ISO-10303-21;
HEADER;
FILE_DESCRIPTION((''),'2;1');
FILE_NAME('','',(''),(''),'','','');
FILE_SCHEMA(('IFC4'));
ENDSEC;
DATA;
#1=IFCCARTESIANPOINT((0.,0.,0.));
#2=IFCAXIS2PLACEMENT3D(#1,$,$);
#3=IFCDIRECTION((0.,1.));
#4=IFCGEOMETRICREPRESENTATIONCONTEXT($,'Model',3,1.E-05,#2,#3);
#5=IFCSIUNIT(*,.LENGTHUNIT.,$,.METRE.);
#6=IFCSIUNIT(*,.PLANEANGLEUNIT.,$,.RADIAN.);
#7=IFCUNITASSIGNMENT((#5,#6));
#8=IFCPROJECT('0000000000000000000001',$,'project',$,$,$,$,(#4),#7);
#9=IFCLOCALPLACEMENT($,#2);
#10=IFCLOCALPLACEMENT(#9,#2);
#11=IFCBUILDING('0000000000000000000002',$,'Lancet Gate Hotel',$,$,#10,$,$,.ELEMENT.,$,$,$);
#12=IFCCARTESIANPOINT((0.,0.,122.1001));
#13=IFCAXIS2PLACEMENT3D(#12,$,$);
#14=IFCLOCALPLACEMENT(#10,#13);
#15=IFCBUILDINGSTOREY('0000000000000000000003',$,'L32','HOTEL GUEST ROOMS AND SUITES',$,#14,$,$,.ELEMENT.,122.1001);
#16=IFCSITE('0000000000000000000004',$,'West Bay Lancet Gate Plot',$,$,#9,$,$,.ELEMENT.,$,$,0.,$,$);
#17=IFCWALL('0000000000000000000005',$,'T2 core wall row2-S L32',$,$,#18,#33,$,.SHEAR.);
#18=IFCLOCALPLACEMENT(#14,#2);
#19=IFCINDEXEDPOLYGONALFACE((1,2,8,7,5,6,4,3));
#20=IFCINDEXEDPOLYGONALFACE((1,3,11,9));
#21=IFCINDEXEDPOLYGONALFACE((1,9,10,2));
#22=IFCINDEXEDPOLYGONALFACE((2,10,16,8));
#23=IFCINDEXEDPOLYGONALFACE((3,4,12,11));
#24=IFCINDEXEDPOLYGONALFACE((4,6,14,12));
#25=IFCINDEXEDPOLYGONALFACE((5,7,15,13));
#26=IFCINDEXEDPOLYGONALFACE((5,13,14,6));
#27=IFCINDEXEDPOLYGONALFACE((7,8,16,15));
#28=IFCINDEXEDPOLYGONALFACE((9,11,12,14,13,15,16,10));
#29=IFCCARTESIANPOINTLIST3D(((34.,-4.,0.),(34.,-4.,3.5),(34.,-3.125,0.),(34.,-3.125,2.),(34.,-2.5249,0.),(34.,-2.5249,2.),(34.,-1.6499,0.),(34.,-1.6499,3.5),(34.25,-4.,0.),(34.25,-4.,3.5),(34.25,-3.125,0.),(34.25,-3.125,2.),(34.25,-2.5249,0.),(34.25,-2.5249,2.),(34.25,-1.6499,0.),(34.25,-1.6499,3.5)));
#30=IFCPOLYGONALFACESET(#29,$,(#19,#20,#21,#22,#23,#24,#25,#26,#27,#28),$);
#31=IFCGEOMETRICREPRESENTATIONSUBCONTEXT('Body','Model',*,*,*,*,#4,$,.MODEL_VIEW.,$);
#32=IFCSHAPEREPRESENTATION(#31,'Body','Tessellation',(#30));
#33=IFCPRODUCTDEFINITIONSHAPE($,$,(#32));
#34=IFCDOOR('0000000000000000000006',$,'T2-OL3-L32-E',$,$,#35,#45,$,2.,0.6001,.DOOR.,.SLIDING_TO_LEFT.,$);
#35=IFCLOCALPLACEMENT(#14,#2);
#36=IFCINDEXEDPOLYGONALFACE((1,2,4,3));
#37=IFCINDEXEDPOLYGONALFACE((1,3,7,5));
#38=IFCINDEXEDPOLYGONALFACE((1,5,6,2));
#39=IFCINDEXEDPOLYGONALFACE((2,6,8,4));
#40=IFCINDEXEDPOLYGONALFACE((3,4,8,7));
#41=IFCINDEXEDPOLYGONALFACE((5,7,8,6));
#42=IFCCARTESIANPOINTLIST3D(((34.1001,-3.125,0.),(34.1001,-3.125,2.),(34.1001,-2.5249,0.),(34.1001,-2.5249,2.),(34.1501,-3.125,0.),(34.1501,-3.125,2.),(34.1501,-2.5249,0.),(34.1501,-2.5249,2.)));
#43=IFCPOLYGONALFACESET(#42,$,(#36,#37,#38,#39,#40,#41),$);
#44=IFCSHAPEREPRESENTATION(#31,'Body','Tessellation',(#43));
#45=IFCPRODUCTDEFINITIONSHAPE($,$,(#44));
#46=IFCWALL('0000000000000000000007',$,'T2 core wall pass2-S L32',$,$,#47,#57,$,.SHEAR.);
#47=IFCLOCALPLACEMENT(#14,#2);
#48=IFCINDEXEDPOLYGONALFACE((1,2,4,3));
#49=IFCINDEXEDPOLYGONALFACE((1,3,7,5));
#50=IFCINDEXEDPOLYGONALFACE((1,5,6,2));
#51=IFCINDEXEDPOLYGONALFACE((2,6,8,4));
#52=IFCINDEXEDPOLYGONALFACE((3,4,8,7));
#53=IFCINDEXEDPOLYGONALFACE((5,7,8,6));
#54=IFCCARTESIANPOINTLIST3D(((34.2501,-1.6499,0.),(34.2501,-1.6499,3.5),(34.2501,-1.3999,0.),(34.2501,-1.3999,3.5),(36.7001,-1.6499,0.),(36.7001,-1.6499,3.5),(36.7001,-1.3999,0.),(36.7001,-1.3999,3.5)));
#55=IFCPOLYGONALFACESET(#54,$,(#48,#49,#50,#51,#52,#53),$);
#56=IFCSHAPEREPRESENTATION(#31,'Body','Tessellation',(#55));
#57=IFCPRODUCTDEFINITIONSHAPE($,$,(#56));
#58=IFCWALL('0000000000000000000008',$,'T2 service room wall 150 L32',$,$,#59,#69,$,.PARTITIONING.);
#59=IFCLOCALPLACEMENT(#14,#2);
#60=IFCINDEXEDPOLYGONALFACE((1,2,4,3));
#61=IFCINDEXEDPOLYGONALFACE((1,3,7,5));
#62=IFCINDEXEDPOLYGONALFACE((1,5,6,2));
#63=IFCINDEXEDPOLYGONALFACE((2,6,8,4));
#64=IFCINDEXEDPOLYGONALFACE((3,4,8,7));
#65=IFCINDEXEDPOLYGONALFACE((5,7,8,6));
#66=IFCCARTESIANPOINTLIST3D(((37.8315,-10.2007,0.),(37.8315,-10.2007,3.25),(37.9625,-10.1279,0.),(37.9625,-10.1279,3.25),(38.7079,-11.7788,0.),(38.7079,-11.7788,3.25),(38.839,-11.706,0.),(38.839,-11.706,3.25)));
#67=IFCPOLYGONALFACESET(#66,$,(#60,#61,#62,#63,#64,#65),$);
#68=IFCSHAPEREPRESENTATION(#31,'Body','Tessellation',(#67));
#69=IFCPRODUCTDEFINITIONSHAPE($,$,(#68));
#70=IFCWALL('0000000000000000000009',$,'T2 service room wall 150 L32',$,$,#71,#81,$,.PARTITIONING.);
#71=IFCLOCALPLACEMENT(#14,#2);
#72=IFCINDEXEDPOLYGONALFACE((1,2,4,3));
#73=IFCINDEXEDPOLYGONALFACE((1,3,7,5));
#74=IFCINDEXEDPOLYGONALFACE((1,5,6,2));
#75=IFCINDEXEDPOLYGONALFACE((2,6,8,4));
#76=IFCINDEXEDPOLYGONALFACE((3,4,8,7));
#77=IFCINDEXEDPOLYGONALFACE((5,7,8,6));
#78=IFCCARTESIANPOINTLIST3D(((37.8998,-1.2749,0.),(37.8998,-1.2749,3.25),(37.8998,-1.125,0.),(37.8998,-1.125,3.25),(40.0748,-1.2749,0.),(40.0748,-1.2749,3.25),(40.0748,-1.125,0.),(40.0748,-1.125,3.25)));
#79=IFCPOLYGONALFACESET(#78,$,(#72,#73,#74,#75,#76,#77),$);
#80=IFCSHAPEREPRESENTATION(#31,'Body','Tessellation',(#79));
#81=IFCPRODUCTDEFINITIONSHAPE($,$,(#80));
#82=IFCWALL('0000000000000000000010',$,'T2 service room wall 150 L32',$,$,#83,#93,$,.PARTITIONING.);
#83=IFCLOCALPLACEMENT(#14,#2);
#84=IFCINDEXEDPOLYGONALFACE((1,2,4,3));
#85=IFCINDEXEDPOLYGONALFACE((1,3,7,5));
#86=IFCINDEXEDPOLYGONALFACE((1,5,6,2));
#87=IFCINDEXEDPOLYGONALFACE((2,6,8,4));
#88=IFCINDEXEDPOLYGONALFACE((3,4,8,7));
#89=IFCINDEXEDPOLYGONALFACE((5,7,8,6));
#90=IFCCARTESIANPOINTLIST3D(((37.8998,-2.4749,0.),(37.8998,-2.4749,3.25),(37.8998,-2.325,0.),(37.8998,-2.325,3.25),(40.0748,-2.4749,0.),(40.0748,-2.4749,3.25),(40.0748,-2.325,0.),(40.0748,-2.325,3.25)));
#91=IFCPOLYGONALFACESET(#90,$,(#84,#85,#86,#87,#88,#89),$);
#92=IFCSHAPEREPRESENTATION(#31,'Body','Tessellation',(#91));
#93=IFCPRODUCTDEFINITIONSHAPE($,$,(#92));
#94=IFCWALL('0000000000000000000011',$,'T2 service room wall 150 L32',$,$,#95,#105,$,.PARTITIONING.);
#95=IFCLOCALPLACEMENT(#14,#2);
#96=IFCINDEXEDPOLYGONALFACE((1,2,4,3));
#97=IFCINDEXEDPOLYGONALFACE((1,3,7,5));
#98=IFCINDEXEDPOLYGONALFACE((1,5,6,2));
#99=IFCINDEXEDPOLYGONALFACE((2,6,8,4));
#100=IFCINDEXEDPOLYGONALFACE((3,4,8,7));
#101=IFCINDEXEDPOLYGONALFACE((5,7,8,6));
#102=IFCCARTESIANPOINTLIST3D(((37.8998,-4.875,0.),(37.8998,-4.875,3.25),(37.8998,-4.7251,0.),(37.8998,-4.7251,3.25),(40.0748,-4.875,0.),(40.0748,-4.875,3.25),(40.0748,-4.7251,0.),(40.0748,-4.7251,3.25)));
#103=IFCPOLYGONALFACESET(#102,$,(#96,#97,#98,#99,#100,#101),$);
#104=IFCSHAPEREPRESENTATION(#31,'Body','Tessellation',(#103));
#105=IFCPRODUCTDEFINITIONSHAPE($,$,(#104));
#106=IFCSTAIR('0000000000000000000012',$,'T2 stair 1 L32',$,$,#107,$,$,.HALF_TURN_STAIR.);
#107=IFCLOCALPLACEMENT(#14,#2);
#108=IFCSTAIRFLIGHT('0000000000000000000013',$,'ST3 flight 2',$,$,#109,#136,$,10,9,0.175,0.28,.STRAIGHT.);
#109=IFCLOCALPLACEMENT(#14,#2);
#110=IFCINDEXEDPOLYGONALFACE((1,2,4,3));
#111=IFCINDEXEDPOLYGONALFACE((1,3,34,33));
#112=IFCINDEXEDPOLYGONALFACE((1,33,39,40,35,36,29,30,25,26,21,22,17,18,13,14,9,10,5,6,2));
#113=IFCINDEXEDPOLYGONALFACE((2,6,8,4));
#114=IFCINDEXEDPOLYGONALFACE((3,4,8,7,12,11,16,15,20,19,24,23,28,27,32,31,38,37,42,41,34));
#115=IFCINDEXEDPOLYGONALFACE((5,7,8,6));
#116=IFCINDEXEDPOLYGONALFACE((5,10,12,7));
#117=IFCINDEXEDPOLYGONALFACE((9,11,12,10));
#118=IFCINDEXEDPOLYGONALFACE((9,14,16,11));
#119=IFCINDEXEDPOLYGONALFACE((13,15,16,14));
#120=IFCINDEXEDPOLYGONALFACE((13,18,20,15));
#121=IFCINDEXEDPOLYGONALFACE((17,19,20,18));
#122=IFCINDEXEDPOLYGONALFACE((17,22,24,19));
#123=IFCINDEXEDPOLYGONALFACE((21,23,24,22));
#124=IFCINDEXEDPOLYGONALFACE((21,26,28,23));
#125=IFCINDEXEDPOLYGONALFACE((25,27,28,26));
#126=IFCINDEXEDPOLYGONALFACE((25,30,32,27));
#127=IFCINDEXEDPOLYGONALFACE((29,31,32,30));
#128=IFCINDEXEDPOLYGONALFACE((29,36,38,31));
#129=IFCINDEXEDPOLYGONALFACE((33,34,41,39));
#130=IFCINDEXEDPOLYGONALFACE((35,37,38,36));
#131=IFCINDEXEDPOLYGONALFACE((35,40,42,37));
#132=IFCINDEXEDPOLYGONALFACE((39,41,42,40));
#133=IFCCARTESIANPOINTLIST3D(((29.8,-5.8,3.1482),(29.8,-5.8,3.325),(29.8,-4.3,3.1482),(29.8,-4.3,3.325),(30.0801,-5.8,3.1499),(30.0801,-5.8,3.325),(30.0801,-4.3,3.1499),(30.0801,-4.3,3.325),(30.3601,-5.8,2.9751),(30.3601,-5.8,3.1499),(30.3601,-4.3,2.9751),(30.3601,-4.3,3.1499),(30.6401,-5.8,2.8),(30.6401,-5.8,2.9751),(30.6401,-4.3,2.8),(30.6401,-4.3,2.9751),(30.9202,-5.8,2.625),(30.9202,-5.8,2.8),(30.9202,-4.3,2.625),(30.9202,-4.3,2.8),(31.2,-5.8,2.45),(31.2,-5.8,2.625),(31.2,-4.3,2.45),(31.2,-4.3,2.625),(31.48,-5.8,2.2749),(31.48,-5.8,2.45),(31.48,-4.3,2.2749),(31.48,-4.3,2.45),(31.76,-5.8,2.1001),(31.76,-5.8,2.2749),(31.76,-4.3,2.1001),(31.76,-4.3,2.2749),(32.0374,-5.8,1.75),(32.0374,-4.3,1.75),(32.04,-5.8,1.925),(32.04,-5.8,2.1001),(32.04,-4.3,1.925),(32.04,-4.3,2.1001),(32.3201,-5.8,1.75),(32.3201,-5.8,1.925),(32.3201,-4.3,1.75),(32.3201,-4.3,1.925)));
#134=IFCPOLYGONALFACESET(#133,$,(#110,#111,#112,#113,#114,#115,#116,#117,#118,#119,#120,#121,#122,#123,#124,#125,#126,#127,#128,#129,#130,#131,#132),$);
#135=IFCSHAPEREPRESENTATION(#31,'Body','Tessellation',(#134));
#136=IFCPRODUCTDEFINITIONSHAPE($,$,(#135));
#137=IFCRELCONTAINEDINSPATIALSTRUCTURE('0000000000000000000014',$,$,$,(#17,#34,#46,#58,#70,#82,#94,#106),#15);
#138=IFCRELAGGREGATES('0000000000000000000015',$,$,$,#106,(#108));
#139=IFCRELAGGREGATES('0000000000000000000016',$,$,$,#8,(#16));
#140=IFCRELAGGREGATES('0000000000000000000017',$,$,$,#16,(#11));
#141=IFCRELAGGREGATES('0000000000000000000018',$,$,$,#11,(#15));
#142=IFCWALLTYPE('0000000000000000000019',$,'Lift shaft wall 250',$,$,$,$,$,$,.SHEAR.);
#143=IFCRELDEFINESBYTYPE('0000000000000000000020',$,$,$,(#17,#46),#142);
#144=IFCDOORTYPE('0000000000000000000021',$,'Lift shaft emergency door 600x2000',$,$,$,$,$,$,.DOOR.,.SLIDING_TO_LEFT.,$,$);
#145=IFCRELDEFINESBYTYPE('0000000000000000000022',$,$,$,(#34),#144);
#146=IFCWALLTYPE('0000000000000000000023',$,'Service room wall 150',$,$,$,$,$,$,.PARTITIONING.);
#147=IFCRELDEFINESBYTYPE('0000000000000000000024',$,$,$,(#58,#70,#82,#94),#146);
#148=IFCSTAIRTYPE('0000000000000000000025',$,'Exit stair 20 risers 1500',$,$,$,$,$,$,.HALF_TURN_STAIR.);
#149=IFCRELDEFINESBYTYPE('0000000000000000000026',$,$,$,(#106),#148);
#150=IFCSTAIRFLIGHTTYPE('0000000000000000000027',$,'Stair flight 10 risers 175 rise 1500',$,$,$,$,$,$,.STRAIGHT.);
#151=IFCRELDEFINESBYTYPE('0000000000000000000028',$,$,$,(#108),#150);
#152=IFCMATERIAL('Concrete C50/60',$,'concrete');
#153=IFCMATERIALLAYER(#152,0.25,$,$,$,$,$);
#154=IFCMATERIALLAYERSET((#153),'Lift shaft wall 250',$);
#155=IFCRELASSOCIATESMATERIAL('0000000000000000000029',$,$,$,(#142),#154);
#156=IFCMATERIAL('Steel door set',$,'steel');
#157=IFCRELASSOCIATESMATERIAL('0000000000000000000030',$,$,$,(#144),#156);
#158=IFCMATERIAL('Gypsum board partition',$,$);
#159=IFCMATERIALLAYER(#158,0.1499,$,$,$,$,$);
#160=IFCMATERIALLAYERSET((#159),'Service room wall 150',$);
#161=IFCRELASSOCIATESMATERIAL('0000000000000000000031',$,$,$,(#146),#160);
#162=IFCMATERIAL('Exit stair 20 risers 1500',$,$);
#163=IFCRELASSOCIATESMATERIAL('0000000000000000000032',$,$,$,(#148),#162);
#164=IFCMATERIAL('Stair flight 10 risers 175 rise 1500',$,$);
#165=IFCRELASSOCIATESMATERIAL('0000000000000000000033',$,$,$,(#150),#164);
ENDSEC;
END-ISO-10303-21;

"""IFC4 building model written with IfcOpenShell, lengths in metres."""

from ifc_helpers import new_model, si_unit, direction, frame, frame_2d, origin, place, context, subcontext, project, spatial, polyline, rectangle, outline, extrude, material, layer, layer_set, type_object, element, fill, aggregate, save


model = new_model("IFC4")

# Units and contexts
model_context = context("Model", 3, precision=1e-05, world=origin(), true_north=direction((0.0, 1.0)))
body_context = subcontext(model_context, "Body", "Model", "MODEL_VIEW")
ifc_project = project(units=[si_unit("LENGTHUNIT", "METRE"), si_unit("PLANEANGLEUNIT", "RADIAN")], contexts=[model_context])

# Site, building, storey
site_placement = place(None, origin())
site = spatial("IfcSite", under=ifc_project, at=site_placement, Name="West Bay Lancet Gate Plot", CompositionType="ELEMENT", RefElevation=0.0)
building_placement = place(site_placement, origin())
building = spatial("IfcBuilding", under=site, at=building_placement, Name="Lancet Gate Hotel", CompositionType="ELEMENT")
storey_placement = place(building_placement, frame((0.0, 0.0, 122.1001)))
storey = spatial("IfcBuildingStorey", under=building, at=storey_placement, Name="L32", Description="HOTEL GUEST ROOMS AND SUITES", CompositionType="ELEMENT", Elevation=122.1001)

# Wall, opening, door
ifc_material_1 = material(Name="Concrete C50/60", Category="concrete")
ifc_layer_1 = layer(ifc_material_1, 0.25)
ifc_layer_set_1 = layer_set([ifc_layer_1], Name="Lift shaft wall 250")
wall_type_1 = type_object("IfcWallType", Name="Lift shaft wall 250", PredefinedType="SHEAR", material=ifc_layer_set_1)
wall_1_placement = place(storey_placement, frame((34.125, -4.0, 0.0), z_axis=(0.0, 0.0, 1.0), x_axis=(0.0, 1.0, 0.0)))
wall_1 = element("IfcWall", 1, at=wall_1_placement, inside=storey, type_object=wall_type_1, Name="T2 core wall row2-S L32", PredefinedType="SHEAR", context=body_context, shape_type="SweptSolid", body=[
    extrude(rectangle(XDim=2.3501, YDim=0.25, at=frame_2d((1.175, 0.0))), origin(), (0.0, 0.0, 1.0), 3.5),
])
opening_1_placement = place(wall_1_placement, frame((0.875, 0.0, 0.0)))
opening_1 = element("IfcOpeningElement", 2, at=opening_1_placement, cuts=wall_1, PredefinedType="OPENING", context=body_context, shape_type="SweptSolid", body=[
    extrude(rectangle(XDim=0.6001, YDim=2.0, at=frame_2d((0.3, 1.0))), frame((0.0, 0.135, 0.0), z_axis=(0.0, -1.0, 0.0), x_axis=(1.0, 0.0, 0.0)), (0.0, 0.0, 1.0), 0.27),
])
ifc_material_2 = material(Name="Steel door set", Category="steel")
door_type_1 = type_object("IfcDoorType", Name="Lift shaft emergency door 600x2000", OperationType="SLIDING_TO_LEFT", PredefinedType="DOOR", material=ifc_material_2)
door_1_placement = place(opening_1_placement, origin())
door_1 = element("IfcDoor", 3, at=door_1_placement, inside=storey, type_object=door_type_1, Name="T2-OL3-L32-E", OperationType="SLIDING_TO_LEFT", OverallHeight=2.0, OverallWidth=0.6001, PredefinedType="DOOR", context=body_context, shape_type="SweptSolid", body=[
    extrude(rectangle(XDim=0.6001, YDim=2.0, at=frame_2d((0.3, 1.0))), frame((0.0, 0.0249, 0.0), z_axis=(0.0, -1.0, 0.0), x_axis=(1.0, 0.0, 0.0)), (0.0, 0.0, 1.0), 0.05),
])
fill(opening_1, door_1)

# Walls
wall_2_placement = place(storey_placement, frame((34.25, -1.5249, 0.0), z_axis=(0.0, 0.0, 1.0), x_axis=(1.0, 0.0, 0.0)))
element("IfcWall", 4, at=wall_2_placement, inside=storey, type_object=wall_type_1, Name="T2 core wall pass2-S L32", PredefinedType="SHEAR", context=body_context, shape_type="SweptSolid", body=[
    extrude(rectangle(XDim=2.45, YDim=0.25, at=frame_2d((1.2251, 0.0))), origin(), (0.0, 0.0, 1.0), 3.5),
])
ifc_material_3 = material(Name="Gypsum board partition")
ifc_layer_2 = layer(ifc_material_3, 0.1499)
ifc_layer_set_2 = layer_set([ifc_layer_2], Name="Service room wall 150")
wall_type_2 = type_object("IfcWallType", Name="Service room wall 150", PredefinedType="PARTITIONING", material=ifc_layer_set_2)
wall_3_placement = place(storey_placement, frame((38.7734, -11.7424, 0.0), z_axis=(0.0, 0.0, 1.0), x_axis=(-0.485528, 0.874221, 0.0)))
element("IfcWall", 5, at=wall_3_placement, inside=storey, type_object=wall_type_2, Name="T2 service room wall 150 L32", PredefinedType="PARTITIONING", context=body_context, shape_type="SweptSolid", body=[
    extrude(rectangle(XDim=1.8052, YDim=0.1499, at=frame_2d((0.9026, 0.0))), origin(), (0.0, 0.0, 1.0), 3.25),
])
for number, where, z_axis, x_axis, name in (
    (6, (37.8999, -1.2, 0.0), (0.0, 0.0, 1.0), (1.0, 0.0, 0.0), "T2 service room wall 150 L32"),
    (7, (37.8999, -2.3999, 0.0), (0.0, 0.0, 1.0), (1.0, 0.0, 0.0), "T2 service room wall 150 L32"),
    (8, (37.8999, -4.8, 0.0), (0.0, 0.0, 1.0), (1.0, 0.0, 0.0), "T2 service room wall 150 L32"),
):
    element("IfcWall", number, at=place(storey_placement, frame(where, z_axis=z_axis, x_axis=x_axis)), inside=storey, type_object=wall_type_2, Name=name, PredefinedType="PARTITIONING", context=body_context, shape_type="SweptSolid", body=[
        extrude(rectangle(XDim=2.175, YDim=0.1499, at=frame_2d((1.0874, 0.0))), origin(), (0.0, 0.0, 1.0), 3.25),
    ])

# Stair, stair flight
ifc_material_4 = material(Name="Exit stair 20 risers 1500")
stair_type = type_object("IfcStairType", Name="Exit stair 20 risers 1500", PredefinedType="HALF_TURN_STAIR", material=ifc_material_4)
stair_placement = place(storey_placement, origin())
stair = element("IfcStair", 9, at=stair_placement, inside=storey, type_object=stair_type, Name="T2 stair 1 L32", PredefinedType="HALF_TURN_STAIR")
ifc_material_5 = material(Name="Stair flight 10 risers 175 rise 1500")
stair_flight_type = type_object("IfcStairFlightType", Name="Stair flight 10 risers 175 rise 1500", PredefinedType="STRAIGHT", material=ifc_material_5)
stair_flight_placement = place(storey_placement, frame((32.3201, -5.05, 1.75), z_axis=(0.0, 0.0, 1.0), x_axis=(-1.0, 0.0, 0.0)))
stair_flight = element("IfcStairFlight", 10, at=stair_flight_placement, type_object=stair_flight_type, Name="ST3 flight 2", NumberOfRisers=10, NumberOfTreads=9, PredefinedType="STRAIGHT", RiserHeight=0.175, TreadLength=0.28, context=body_context, shape_type="SweptSolid", body=[
    extrude(outline(polyline([(0.0, 0.0), (0.0, 0.175), (0.28, 0.175), (0.28, 0.3501), (0.5601, 0.3501), (0.5601, 0.5249), (0.8401, 0.5249), (0.8401, 0.7), (1.1201, 0.7), (1.1201, 0.875), (1.3999, 0.875), (1.3999, 1.05), (1.6799, 1.05), (1.6799, 1.2251), (1.96, 1.2251), (1.96, 1.3999), (2.24, 1.3999), (2.24, 1.575), (2.52, 1.575), (2.52, 1.75), (2.52, 1.3982), (0.2827, 0.0), (0.0, 0.0)])), frame((0.0, 0.75, 0.0), z_axis=(0.0, -1.0, 0.0), x_axis=(1.0, 0.0, 0.0)), (0.0, 0.0, 1.0), 1.5),
])
aggregate(stair, [stair_flight])

save(model, "model.ifc")
